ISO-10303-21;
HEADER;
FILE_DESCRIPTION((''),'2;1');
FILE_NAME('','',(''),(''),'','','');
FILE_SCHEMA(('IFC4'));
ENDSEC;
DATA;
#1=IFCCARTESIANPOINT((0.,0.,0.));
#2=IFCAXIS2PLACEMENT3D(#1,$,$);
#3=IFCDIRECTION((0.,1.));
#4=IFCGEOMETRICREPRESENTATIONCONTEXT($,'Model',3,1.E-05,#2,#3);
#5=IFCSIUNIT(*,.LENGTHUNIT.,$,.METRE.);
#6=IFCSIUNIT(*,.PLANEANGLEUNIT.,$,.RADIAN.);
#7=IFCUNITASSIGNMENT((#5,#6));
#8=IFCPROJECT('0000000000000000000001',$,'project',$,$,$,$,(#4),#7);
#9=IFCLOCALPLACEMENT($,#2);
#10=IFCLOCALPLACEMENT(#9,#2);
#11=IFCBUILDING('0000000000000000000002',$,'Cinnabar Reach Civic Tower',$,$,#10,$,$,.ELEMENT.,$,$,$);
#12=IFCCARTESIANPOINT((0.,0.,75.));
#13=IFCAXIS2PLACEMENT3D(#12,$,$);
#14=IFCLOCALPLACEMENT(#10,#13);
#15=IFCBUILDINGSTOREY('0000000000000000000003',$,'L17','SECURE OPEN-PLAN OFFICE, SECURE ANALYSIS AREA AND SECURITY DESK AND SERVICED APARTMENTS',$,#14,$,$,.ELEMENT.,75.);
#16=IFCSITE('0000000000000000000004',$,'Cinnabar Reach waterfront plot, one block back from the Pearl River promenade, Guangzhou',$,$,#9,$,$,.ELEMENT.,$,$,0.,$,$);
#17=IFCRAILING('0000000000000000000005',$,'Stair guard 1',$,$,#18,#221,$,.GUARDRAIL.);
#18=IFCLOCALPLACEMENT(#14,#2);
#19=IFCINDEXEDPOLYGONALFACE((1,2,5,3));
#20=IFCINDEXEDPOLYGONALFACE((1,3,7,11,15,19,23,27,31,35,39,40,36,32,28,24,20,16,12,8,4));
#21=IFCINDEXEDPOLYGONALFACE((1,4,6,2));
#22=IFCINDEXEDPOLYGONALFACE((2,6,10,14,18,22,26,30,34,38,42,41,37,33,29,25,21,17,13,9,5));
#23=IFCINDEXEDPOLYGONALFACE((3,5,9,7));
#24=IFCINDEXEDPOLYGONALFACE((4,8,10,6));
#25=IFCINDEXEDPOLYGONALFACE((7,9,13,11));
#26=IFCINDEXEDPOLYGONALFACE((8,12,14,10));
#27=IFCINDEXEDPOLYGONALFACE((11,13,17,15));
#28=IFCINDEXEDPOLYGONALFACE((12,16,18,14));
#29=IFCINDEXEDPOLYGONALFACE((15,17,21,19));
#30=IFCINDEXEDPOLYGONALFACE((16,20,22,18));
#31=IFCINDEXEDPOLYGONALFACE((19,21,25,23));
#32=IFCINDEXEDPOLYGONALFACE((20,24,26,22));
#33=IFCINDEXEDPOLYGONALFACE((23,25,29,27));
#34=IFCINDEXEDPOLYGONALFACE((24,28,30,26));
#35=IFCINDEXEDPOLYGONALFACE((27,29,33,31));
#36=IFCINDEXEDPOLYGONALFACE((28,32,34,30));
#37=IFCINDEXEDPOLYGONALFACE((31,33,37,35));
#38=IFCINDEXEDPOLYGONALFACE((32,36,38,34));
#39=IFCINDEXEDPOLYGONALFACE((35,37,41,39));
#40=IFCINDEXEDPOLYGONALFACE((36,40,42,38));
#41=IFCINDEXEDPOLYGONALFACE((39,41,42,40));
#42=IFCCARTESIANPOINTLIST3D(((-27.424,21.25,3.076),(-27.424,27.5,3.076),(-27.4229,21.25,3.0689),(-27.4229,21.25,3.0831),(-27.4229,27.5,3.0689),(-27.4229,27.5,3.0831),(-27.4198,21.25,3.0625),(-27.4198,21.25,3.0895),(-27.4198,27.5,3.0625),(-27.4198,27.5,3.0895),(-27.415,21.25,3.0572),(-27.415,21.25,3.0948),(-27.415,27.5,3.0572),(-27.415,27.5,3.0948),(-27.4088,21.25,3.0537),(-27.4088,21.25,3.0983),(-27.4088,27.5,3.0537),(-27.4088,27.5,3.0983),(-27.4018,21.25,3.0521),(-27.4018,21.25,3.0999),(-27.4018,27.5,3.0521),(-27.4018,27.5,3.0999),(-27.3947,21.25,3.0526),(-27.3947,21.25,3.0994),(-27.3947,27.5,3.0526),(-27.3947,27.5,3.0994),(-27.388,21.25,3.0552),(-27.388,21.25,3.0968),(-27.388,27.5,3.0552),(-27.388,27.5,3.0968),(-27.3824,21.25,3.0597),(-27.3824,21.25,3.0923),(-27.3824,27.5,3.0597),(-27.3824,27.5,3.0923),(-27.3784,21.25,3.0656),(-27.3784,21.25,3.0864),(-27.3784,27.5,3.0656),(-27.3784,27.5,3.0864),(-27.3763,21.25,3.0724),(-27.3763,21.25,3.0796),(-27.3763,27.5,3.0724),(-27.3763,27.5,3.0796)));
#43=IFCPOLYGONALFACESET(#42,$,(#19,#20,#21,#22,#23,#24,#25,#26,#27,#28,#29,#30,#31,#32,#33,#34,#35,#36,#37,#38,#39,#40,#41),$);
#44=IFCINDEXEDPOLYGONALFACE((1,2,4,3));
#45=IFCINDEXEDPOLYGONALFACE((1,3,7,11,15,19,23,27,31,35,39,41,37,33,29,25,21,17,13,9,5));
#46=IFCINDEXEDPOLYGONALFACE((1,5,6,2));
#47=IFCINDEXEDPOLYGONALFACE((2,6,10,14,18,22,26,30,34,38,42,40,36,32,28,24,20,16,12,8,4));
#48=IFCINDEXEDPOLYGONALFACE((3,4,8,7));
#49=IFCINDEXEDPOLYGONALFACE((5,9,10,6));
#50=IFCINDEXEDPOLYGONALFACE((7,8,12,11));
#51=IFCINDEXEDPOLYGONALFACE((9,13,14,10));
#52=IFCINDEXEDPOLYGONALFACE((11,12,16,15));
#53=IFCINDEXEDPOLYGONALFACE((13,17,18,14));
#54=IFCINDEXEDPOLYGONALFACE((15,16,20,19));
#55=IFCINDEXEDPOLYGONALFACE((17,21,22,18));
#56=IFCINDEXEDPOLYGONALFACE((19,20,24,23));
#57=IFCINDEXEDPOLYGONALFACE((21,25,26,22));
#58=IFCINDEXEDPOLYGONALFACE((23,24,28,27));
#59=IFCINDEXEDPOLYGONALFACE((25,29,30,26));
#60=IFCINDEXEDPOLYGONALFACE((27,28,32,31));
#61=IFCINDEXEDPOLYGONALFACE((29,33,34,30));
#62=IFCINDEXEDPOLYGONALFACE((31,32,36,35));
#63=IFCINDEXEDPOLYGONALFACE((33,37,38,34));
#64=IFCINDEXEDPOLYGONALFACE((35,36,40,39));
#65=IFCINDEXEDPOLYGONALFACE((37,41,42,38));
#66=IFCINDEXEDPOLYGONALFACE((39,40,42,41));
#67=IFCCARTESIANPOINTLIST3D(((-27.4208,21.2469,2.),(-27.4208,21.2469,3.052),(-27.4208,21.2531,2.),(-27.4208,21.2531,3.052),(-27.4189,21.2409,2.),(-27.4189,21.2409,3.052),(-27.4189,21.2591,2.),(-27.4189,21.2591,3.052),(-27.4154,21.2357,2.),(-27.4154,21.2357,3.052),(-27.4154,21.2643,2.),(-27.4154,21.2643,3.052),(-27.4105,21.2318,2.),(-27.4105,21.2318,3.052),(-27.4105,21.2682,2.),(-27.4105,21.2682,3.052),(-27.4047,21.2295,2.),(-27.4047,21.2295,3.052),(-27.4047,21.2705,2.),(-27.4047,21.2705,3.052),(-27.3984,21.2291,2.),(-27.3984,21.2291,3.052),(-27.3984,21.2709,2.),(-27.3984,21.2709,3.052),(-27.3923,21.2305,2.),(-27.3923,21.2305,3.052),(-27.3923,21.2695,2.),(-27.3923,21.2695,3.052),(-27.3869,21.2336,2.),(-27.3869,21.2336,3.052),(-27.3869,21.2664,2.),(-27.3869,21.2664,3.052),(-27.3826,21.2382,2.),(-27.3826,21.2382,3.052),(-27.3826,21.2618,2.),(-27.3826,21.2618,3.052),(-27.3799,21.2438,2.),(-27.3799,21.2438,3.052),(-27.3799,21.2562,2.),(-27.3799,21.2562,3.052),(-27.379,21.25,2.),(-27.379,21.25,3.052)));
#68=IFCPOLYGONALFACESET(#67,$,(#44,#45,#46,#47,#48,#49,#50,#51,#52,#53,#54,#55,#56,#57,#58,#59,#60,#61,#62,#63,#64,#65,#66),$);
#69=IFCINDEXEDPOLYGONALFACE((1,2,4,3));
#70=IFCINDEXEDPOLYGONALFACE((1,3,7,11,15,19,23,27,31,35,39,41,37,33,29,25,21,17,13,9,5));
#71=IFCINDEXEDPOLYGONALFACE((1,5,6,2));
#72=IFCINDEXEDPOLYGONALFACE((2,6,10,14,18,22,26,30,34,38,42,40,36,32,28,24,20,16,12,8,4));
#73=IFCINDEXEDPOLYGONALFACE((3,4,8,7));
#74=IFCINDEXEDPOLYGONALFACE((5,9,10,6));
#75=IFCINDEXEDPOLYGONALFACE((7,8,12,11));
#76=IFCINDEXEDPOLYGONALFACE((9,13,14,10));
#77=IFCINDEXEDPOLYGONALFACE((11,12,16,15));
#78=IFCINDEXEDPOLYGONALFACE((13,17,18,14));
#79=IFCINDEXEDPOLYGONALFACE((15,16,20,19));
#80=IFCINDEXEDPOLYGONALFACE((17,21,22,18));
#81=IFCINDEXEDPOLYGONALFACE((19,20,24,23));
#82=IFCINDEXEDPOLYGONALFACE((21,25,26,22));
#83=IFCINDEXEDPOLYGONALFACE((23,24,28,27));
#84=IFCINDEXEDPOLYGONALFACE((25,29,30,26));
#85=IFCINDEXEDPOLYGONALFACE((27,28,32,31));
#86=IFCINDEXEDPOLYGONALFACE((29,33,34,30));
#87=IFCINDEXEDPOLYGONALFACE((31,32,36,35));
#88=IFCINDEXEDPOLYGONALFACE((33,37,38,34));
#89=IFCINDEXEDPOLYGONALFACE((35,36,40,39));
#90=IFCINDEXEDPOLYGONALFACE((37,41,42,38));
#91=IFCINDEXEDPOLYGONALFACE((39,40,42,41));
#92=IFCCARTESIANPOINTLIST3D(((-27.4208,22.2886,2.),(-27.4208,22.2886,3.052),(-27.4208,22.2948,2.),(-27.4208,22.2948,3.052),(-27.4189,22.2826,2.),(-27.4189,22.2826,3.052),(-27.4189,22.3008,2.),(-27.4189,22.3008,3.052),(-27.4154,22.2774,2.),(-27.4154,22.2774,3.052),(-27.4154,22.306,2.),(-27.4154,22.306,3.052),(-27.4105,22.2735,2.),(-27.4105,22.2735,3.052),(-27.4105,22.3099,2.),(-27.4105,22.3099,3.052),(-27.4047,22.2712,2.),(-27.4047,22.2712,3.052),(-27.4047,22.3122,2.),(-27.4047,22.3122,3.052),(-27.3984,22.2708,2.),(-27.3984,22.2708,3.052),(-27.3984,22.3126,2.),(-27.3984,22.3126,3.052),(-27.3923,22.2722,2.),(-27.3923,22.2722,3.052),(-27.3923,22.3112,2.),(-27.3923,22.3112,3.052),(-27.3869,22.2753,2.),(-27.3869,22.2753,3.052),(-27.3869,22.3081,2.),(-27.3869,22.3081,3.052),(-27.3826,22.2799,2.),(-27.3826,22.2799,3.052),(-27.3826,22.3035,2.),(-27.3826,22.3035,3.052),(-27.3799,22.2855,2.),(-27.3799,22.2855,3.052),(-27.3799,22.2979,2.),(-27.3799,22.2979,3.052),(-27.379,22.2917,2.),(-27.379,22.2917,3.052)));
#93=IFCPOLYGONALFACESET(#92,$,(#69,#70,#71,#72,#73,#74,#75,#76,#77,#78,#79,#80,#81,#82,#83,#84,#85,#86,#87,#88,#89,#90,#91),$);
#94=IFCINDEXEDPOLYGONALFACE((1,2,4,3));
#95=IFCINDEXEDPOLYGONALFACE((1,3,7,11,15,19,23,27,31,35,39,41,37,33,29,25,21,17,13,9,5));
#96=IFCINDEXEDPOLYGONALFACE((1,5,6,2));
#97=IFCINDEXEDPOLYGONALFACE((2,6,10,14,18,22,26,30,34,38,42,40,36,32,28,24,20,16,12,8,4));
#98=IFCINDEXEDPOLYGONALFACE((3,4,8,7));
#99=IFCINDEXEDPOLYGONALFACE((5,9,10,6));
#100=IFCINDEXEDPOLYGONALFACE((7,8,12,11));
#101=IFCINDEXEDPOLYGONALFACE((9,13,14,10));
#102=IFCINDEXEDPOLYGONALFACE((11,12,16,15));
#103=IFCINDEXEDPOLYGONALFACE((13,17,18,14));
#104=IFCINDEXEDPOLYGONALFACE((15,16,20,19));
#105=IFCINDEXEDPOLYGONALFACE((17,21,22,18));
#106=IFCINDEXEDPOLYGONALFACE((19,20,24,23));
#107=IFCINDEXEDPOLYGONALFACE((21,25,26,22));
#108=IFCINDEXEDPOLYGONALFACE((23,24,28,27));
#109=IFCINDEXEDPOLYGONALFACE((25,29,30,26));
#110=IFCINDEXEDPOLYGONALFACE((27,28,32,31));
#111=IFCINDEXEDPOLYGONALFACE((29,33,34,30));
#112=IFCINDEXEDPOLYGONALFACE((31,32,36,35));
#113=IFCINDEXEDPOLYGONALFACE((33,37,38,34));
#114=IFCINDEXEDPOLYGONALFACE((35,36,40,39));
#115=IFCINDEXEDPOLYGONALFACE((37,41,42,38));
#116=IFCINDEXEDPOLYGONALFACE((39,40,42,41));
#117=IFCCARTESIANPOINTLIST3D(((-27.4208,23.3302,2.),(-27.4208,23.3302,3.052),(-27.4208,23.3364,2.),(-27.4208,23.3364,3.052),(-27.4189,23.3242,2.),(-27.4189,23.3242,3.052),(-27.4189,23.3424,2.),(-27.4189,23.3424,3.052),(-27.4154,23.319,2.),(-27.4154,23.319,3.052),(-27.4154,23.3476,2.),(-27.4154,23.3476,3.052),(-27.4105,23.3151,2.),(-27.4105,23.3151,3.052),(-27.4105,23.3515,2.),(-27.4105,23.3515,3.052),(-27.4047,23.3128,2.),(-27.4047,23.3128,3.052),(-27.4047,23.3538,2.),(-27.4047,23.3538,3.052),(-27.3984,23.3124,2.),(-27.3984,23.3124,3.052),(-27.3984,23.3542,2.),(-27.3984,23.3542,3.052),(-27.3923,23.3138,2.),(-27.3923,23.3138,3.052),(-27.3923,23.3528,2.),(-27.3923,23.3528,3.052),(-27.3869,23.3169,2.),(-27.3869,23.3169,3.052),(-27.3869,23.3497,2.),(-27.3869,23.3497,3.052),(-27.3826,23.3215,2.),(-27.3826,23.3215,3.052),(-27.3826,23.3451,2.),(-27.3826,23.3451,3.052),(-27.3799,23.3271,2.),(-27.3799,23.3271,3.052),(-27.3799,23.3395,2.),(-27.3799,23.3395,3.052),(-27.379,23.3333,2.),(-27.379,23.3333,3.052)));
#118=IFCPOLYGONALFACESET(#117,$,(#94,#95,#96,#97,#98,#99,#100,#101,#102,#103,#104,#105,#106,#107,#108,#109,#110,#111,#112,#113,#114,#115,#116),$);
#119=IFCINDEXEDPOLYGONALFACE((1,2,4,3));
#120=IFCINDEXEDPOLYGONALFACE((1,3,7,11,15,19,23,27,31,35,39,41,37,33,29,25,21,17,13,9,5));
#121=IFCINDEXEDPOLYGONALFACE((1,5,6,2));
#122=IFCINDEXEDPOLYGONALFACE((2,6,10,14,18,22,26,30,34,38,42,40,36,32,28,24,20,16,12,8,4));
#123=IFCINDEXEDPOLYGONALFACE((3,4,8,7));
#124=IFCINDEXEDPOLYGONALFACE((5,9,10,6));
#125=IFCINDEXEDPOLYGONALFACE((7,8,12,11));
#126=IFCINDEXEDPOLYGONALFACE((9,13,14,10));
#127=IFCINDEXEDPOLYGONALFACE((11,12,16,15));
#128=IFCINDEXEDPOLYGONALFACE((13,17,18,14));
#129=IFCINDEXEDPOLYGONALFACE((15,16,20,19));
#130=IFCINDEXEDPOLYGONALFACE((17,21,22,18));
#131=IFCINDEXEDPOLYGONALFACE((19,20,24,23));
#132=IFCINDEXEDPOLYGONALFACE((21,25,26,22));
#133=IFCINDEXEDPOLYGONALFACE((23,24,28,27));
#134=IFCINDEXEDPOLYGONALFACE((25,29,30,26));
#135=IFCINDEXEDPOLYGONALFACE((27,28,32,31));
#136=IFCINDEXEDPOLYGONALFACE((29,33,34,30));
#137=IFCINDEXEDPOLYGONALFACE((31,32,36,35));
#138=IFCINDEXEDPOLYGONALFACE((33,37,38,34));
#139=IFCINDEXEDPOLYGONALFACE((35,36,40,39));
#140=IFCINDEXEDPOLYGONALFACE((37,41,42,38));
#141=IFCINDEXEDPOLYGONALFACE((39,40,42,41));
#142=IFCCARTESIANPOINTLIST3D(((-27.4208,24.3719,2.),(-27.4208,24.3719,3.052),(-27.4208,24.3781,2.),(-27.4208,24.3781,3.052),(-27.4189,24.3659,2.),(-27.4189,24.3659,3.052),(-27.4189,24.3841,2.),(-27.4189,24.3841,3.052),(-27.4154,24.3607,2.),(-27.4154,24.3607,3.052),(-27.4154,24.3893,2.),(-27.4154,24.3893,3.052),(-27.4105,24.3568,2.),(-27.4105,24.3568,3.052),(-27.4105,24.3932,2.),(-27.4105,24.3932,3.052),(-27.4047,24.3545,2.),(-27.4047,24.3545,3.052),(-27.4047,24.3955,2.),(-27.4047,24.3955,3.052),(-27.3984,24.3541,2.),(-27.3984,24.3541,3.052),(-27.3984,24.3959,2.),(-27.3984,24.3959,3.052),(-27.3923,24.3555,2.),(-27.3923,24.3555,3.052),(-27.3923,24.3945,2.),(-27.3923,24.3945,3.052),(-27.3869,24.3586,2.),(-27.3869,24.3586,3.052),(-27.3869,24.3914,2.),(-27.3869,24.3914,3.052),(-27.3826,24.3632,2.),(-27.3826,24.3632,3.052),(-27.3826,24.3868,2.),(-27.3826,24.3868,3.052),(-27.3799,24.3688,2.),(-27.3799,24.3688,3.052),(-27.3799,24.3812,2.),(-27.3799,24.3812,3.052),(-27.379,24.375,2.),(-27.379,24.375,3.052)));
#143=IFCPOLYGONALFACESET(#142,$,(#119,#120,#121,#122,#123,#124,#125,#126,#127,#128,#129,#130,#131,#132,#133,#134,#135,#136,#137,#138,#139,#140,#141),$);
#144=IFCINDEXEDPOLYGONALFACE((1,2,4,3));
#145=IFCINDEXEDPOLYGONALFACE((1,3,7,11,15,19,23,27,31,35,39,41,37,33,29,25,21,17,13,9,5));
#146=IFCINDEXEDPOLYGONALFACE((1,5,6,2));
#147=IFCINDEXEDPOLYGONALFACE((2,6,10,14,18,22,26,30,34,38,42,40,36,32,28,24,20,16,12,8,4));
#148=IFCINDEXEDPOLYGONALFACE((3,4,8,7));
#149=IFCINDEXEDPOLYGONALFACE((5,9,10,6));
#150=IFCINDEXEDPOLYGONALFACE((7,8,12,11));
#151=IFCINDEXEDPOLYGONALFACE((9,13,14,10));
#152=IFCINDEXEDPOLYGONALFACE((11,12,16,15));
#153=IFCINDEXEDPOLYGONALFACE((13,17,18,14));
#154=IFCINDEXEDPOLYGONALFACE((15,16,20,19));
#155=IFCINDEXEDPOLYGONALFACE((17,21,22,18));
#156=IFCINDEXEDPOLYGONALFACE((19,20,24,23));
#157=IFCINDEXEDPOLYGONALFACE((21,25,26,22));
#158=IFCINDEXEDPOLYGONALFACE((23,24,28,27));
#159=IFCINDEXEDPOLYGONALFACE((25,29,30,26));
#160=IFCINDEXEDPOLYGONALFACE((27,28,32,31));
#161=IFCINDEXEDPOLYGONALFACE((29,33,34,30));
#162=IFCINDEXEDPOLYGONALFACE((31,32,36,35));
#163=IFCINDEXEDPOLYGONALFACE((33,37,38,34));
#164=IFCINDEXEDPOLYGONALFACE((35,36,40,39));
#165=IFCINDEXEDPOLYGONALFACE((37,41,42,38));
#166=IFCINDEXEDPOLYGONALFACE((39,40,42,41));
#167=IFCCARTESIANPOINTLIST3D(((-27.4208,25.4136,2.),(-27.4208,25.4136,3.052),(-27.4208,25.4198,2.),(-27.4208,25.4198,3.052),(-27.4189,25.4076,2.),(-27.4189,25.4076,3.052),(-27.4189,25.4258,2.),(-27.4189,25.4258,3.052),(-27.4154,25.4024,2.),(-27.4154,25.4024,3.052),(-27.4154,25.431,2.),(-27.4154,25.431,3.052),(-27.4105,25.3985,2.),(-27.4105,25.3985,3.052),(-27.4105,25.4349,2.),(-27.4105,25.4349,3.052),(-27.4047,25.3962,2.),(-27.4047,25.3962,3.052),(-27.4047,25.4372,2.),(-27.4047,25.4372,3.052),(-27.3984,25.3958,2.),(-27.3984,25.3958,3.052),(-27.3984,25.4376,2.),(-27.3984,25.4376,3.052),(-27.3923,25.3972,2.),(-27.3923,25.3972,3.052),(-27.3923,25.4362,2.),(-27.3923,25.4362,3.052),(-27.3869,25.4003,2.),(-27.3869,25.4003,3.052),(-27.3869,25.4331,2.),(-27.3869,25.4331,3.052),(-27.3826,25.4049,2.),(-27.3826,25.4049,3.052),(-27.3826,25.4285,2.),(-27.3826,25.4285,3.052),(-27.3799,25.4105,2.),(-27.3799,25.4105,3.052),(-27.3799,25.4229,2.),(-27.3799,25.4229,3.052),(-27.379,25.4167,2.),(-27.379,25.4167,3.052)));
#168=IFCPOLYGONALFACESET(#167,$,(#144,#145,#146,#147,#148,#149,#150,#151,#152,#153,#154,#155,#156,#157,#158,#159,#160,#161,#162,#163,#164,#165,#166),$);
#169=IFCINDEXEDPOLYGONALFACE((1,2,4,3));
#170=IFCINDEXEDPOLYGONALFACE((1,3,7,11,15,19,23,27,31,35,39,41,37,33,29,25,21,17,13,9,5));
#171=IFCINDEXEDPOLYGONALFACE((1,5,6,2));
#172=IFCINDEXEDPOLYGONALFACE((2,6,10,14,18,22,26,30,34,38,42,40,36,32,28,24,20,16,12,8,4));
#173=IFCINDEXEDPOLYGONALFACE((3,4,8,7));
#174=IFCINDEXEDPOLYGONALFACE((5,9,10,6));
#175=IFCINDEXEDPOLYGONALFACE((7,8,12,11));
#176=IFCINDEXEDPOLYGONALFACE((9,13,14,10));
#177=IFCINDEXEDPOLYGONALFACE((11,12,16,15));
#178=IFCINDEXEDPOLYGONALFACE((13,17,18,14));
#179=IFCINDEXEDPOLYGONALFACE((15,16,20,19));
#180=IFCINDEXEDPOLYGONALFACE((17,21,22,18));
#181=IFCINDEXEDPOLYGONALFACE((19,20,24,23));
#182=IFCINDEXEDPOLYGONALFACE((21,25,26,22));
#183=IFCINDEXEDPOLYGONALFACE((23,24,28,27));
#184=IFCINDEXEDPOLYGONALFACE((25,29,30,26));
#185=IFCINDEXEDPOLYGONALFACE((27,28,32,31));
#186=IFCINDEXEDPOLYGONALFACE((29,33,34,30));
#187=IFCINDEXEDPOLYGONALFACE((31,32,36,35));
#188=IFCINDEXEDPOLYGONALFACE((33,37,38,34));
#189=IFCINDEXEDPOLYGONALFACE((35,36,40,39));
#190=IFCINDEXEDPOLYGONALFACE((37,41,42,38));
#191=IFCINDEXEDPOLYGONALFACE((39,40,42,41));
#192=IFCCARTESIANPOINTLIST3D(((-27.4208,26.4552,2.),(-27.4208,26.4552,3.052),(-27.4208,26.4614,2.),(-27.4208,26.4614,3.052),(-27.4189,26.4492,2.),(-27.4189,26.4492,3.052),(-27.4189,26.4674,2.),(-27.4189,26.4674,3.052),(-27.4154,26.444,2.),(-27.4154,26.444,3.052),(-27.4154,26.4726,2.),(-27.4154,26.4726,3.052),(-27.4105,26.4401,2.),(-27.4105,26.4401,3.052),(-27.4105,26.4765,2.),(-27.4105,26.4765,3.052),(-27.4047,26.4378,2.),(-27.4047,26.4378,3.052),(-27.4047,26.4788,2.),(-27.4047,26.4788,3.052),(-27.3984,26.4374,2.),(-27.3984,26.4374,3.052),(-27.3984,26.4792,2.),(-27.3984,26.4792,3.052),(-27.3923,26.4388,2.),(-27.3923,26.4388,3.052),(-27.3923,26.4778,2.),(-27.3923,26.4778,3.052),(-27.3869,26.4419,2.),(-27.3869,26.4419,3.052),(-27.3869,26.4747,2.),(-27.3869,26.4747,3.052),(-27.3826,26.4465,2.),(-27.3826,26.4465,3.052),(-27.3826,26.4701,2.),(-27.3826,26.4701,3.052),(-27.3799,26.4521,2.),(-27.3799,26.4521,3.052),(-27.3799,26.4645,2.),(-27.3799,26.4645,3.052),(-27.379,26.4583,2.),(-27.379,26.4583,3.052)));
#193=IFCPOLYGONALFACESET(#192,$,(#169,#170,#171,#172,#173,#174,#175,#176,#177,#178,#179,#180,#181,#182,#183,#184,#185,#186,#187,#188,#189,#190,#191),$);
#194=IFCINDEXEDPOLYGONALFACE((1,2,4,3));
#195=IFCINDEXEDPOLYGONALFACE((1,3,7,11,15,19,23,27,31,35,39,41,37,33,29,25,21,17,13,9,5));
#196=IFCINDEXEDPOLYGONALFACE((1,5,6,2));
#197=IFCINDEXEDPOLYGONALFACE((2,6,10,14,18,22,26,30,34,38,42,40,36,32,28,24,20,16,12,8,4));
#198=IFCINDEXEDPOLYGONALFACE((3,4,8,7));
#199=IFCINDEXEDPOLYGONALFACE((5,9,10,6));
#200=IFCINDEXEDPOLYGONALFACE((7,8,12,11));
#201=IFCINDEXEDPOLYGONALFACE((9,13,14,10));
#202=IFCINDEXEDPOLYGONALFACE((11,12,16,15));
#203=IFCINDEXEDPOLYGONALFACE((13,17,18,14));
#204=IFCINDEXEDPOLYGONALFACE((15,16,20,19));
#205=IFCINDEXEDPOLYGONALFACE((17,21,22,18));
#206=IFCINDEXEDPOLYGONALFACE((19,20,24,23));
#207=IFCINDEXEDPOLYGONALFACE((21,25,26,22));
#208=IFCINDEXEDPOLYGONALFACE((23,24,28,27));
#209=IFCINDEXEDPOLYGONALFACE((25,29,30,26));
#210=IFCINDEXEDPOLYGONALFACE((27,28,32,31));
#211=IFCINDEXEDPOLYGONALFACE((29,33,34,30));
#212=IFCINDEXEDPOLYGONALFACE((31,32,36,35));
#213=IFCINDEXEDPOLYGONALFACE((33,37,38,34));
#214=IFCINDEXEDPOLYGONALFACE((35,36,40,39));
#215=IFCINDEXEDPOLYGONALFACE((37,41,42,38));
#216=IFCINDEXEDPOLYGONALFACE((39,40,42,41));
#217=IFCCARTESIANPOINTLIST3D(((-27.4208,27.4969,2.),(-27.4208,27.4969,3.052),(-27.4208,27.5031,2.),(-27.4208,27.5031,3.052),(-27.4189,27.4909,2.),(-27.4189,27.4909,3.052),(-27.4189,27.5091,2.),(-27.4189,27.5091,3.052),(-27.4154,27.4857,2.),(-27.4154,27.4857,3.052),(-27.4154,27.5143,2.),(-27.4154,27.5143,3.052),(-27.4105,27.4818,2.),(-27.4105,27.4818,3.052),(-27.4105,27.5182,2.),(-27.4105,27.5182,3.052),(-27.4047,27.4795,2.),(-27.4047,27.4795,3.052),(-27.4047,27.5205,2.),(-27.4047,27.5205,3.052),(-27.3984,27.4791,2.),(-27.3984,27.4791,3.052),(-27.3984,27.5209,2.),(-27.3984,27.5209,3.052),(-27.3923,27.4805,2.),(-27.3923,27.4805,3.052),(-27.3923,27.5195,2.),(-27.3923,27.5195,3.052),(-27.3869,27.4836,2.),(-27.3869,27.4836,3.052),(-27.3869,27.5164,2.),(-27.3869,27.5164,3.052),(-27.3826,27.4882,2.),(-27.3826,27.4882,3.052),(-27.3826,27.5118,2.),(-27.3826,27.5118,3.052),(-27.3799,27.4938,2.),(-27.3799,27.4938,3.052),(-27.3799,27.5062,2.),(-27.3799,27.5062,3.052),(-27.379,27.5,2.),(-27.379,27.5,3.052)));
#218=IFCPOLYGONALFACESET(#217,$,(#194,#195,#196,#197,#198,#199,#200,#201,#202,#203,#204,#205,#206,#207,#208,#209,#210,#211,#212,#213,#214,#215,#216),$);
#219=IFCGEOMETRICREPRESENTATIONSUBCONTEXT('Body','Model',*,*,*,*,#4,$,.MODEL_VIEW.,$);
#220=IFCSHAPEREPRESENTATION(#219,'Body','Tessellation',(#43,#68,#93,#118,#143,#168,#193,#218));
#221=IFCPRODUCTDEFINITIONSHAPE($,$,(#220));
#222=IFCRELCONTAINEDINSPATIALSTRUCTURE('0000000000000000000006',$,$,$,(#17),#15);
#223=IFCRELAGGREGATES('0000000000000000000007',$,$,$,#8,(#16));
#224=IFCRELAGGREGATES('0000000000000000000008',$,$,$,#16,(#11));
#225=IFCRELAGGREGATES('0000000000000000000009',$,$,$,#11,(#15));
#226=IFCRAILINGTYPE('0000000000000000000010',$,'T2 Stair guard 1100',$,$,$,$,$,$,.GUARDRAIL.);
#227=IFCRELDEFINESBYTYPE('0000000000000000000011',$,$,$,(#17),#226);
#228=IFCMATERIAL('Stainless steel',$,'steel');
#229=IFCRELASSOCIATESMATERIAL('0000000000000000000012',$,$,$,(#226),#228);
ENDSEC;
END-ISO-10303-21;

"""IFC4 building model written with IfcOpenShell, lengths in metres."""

from ifc_helpers import new_model, si_unit, direction, frame, origin, origin_2d, place, context, subcontext, project, spatial, circle, extrude, material, type_object, element, save


model = new_model("IFC4")

# Units and contexts
model_context = context("Model", 3, precision=1e-05, world=origin(), true_north=direction((0.0, 1.0)))
body_context = subcontext(model_context, "Body", "Model", "MODEL_VIEW")
ifc_project = project(units=[si_unit("LENGTHUNIT", "METRE"), si_unit("PLANEANGLEUNIT", "RADIAN")], contexts=[model_context])

# Site, building, storey
site_placement = place(None, origin())
site = spatial("IfcSite", under=ifc_project, at=site_placement, Name="Cinnabar Reach waterfront plot, one block back from the Pearl River promenade, Guangzhou", CompositionType="ELEMENT", RefElevation=0.0)
building_placement = place(site_placement, origin())
building = spatial("IfcBuilding", under=site, at=building_placement, Name="Cinnabar Reach Civic Tower", CompositionType="ELEMENT")
storey_placement = place(building_placement, frame((0.0, 0.0, 75.0)))
storey = spatial("IfcBuildingStorey", under=building, at=storey_placement, Name="L17", Description="SECURE OPEN-PLAN OFFICE, SECURE ANALYSIS AREA AND SECURITY DESK AND SERVICED APARTMENTS", CompositionType="ELEMENT", Elevation=75.0)

# Railing
ifc_material_1 = material(Name="Stainless steel", Category="steel")
railing_type = type_object("IfcRailingType", Name="T2 Stair guard 1100", PredefinedType="GUARDRAIL", material=ifc_material_1)
for number, where, name in (
    (1, (-27.4, 21.25, 2.0), "Stair guard 1"),
):
    element("IfcRailing", number, at=place(storey_placement, frame(where)), inside=storey, type_object=railing_type, Name=name, PredefinedType="GUARDRAIL", context=body_context, shape_type="SweptSolid", body=[
        extrude(circle(Radius=0.024, at=origin_2d()), frame((0.0, 0.0, 1.076), z_axis=(0.0, 1.0, 0.0), x_axis=(-1.0, 0.0, 0.0)), (0.0, 0.0, 1.0), 6.25),
        extrude(circle(Radius=0.021, at=origin_2d()), origin(), (0.0, 0.0, 1.0), 1.052),
        extrude(circle(Radius=0.021, at=origin_2d()), frame((0.0, 1.0417, 0.0)), (0.0, 0.0, 1.0), 1.052),
        extrude(circle(Radius=0.021, at=origin_2d()), frame((0.0, 2.0833, 0.0)), (0.0, 0.0, 1.0), 1.052),
        extrude(circle(Radius=0.021, at=origin_2d()), frame((0.0, 3.125, 0.0)), (0.0, 0.0, 1.0), 1.052),
        extrude(circle(Radius=0.021, at=origin_2d()), frame((0.0, 4.1667, 0.0)), (0.0, 0.0, 1.0), 1.052),
        extrude(circle(Radius=0.021, at=origin_2d()), frame((0.0, 5.2083, 0.0)), (0.0, 0.0, 1.0), 1.052),
        extrude(circle(Radius=0.021, at=origin_2d()), frame((0.0, 6.25, 0.0)), (0.0, 0.0, 1.0), 1.052),
    ])

save(model, "model.ifc")
